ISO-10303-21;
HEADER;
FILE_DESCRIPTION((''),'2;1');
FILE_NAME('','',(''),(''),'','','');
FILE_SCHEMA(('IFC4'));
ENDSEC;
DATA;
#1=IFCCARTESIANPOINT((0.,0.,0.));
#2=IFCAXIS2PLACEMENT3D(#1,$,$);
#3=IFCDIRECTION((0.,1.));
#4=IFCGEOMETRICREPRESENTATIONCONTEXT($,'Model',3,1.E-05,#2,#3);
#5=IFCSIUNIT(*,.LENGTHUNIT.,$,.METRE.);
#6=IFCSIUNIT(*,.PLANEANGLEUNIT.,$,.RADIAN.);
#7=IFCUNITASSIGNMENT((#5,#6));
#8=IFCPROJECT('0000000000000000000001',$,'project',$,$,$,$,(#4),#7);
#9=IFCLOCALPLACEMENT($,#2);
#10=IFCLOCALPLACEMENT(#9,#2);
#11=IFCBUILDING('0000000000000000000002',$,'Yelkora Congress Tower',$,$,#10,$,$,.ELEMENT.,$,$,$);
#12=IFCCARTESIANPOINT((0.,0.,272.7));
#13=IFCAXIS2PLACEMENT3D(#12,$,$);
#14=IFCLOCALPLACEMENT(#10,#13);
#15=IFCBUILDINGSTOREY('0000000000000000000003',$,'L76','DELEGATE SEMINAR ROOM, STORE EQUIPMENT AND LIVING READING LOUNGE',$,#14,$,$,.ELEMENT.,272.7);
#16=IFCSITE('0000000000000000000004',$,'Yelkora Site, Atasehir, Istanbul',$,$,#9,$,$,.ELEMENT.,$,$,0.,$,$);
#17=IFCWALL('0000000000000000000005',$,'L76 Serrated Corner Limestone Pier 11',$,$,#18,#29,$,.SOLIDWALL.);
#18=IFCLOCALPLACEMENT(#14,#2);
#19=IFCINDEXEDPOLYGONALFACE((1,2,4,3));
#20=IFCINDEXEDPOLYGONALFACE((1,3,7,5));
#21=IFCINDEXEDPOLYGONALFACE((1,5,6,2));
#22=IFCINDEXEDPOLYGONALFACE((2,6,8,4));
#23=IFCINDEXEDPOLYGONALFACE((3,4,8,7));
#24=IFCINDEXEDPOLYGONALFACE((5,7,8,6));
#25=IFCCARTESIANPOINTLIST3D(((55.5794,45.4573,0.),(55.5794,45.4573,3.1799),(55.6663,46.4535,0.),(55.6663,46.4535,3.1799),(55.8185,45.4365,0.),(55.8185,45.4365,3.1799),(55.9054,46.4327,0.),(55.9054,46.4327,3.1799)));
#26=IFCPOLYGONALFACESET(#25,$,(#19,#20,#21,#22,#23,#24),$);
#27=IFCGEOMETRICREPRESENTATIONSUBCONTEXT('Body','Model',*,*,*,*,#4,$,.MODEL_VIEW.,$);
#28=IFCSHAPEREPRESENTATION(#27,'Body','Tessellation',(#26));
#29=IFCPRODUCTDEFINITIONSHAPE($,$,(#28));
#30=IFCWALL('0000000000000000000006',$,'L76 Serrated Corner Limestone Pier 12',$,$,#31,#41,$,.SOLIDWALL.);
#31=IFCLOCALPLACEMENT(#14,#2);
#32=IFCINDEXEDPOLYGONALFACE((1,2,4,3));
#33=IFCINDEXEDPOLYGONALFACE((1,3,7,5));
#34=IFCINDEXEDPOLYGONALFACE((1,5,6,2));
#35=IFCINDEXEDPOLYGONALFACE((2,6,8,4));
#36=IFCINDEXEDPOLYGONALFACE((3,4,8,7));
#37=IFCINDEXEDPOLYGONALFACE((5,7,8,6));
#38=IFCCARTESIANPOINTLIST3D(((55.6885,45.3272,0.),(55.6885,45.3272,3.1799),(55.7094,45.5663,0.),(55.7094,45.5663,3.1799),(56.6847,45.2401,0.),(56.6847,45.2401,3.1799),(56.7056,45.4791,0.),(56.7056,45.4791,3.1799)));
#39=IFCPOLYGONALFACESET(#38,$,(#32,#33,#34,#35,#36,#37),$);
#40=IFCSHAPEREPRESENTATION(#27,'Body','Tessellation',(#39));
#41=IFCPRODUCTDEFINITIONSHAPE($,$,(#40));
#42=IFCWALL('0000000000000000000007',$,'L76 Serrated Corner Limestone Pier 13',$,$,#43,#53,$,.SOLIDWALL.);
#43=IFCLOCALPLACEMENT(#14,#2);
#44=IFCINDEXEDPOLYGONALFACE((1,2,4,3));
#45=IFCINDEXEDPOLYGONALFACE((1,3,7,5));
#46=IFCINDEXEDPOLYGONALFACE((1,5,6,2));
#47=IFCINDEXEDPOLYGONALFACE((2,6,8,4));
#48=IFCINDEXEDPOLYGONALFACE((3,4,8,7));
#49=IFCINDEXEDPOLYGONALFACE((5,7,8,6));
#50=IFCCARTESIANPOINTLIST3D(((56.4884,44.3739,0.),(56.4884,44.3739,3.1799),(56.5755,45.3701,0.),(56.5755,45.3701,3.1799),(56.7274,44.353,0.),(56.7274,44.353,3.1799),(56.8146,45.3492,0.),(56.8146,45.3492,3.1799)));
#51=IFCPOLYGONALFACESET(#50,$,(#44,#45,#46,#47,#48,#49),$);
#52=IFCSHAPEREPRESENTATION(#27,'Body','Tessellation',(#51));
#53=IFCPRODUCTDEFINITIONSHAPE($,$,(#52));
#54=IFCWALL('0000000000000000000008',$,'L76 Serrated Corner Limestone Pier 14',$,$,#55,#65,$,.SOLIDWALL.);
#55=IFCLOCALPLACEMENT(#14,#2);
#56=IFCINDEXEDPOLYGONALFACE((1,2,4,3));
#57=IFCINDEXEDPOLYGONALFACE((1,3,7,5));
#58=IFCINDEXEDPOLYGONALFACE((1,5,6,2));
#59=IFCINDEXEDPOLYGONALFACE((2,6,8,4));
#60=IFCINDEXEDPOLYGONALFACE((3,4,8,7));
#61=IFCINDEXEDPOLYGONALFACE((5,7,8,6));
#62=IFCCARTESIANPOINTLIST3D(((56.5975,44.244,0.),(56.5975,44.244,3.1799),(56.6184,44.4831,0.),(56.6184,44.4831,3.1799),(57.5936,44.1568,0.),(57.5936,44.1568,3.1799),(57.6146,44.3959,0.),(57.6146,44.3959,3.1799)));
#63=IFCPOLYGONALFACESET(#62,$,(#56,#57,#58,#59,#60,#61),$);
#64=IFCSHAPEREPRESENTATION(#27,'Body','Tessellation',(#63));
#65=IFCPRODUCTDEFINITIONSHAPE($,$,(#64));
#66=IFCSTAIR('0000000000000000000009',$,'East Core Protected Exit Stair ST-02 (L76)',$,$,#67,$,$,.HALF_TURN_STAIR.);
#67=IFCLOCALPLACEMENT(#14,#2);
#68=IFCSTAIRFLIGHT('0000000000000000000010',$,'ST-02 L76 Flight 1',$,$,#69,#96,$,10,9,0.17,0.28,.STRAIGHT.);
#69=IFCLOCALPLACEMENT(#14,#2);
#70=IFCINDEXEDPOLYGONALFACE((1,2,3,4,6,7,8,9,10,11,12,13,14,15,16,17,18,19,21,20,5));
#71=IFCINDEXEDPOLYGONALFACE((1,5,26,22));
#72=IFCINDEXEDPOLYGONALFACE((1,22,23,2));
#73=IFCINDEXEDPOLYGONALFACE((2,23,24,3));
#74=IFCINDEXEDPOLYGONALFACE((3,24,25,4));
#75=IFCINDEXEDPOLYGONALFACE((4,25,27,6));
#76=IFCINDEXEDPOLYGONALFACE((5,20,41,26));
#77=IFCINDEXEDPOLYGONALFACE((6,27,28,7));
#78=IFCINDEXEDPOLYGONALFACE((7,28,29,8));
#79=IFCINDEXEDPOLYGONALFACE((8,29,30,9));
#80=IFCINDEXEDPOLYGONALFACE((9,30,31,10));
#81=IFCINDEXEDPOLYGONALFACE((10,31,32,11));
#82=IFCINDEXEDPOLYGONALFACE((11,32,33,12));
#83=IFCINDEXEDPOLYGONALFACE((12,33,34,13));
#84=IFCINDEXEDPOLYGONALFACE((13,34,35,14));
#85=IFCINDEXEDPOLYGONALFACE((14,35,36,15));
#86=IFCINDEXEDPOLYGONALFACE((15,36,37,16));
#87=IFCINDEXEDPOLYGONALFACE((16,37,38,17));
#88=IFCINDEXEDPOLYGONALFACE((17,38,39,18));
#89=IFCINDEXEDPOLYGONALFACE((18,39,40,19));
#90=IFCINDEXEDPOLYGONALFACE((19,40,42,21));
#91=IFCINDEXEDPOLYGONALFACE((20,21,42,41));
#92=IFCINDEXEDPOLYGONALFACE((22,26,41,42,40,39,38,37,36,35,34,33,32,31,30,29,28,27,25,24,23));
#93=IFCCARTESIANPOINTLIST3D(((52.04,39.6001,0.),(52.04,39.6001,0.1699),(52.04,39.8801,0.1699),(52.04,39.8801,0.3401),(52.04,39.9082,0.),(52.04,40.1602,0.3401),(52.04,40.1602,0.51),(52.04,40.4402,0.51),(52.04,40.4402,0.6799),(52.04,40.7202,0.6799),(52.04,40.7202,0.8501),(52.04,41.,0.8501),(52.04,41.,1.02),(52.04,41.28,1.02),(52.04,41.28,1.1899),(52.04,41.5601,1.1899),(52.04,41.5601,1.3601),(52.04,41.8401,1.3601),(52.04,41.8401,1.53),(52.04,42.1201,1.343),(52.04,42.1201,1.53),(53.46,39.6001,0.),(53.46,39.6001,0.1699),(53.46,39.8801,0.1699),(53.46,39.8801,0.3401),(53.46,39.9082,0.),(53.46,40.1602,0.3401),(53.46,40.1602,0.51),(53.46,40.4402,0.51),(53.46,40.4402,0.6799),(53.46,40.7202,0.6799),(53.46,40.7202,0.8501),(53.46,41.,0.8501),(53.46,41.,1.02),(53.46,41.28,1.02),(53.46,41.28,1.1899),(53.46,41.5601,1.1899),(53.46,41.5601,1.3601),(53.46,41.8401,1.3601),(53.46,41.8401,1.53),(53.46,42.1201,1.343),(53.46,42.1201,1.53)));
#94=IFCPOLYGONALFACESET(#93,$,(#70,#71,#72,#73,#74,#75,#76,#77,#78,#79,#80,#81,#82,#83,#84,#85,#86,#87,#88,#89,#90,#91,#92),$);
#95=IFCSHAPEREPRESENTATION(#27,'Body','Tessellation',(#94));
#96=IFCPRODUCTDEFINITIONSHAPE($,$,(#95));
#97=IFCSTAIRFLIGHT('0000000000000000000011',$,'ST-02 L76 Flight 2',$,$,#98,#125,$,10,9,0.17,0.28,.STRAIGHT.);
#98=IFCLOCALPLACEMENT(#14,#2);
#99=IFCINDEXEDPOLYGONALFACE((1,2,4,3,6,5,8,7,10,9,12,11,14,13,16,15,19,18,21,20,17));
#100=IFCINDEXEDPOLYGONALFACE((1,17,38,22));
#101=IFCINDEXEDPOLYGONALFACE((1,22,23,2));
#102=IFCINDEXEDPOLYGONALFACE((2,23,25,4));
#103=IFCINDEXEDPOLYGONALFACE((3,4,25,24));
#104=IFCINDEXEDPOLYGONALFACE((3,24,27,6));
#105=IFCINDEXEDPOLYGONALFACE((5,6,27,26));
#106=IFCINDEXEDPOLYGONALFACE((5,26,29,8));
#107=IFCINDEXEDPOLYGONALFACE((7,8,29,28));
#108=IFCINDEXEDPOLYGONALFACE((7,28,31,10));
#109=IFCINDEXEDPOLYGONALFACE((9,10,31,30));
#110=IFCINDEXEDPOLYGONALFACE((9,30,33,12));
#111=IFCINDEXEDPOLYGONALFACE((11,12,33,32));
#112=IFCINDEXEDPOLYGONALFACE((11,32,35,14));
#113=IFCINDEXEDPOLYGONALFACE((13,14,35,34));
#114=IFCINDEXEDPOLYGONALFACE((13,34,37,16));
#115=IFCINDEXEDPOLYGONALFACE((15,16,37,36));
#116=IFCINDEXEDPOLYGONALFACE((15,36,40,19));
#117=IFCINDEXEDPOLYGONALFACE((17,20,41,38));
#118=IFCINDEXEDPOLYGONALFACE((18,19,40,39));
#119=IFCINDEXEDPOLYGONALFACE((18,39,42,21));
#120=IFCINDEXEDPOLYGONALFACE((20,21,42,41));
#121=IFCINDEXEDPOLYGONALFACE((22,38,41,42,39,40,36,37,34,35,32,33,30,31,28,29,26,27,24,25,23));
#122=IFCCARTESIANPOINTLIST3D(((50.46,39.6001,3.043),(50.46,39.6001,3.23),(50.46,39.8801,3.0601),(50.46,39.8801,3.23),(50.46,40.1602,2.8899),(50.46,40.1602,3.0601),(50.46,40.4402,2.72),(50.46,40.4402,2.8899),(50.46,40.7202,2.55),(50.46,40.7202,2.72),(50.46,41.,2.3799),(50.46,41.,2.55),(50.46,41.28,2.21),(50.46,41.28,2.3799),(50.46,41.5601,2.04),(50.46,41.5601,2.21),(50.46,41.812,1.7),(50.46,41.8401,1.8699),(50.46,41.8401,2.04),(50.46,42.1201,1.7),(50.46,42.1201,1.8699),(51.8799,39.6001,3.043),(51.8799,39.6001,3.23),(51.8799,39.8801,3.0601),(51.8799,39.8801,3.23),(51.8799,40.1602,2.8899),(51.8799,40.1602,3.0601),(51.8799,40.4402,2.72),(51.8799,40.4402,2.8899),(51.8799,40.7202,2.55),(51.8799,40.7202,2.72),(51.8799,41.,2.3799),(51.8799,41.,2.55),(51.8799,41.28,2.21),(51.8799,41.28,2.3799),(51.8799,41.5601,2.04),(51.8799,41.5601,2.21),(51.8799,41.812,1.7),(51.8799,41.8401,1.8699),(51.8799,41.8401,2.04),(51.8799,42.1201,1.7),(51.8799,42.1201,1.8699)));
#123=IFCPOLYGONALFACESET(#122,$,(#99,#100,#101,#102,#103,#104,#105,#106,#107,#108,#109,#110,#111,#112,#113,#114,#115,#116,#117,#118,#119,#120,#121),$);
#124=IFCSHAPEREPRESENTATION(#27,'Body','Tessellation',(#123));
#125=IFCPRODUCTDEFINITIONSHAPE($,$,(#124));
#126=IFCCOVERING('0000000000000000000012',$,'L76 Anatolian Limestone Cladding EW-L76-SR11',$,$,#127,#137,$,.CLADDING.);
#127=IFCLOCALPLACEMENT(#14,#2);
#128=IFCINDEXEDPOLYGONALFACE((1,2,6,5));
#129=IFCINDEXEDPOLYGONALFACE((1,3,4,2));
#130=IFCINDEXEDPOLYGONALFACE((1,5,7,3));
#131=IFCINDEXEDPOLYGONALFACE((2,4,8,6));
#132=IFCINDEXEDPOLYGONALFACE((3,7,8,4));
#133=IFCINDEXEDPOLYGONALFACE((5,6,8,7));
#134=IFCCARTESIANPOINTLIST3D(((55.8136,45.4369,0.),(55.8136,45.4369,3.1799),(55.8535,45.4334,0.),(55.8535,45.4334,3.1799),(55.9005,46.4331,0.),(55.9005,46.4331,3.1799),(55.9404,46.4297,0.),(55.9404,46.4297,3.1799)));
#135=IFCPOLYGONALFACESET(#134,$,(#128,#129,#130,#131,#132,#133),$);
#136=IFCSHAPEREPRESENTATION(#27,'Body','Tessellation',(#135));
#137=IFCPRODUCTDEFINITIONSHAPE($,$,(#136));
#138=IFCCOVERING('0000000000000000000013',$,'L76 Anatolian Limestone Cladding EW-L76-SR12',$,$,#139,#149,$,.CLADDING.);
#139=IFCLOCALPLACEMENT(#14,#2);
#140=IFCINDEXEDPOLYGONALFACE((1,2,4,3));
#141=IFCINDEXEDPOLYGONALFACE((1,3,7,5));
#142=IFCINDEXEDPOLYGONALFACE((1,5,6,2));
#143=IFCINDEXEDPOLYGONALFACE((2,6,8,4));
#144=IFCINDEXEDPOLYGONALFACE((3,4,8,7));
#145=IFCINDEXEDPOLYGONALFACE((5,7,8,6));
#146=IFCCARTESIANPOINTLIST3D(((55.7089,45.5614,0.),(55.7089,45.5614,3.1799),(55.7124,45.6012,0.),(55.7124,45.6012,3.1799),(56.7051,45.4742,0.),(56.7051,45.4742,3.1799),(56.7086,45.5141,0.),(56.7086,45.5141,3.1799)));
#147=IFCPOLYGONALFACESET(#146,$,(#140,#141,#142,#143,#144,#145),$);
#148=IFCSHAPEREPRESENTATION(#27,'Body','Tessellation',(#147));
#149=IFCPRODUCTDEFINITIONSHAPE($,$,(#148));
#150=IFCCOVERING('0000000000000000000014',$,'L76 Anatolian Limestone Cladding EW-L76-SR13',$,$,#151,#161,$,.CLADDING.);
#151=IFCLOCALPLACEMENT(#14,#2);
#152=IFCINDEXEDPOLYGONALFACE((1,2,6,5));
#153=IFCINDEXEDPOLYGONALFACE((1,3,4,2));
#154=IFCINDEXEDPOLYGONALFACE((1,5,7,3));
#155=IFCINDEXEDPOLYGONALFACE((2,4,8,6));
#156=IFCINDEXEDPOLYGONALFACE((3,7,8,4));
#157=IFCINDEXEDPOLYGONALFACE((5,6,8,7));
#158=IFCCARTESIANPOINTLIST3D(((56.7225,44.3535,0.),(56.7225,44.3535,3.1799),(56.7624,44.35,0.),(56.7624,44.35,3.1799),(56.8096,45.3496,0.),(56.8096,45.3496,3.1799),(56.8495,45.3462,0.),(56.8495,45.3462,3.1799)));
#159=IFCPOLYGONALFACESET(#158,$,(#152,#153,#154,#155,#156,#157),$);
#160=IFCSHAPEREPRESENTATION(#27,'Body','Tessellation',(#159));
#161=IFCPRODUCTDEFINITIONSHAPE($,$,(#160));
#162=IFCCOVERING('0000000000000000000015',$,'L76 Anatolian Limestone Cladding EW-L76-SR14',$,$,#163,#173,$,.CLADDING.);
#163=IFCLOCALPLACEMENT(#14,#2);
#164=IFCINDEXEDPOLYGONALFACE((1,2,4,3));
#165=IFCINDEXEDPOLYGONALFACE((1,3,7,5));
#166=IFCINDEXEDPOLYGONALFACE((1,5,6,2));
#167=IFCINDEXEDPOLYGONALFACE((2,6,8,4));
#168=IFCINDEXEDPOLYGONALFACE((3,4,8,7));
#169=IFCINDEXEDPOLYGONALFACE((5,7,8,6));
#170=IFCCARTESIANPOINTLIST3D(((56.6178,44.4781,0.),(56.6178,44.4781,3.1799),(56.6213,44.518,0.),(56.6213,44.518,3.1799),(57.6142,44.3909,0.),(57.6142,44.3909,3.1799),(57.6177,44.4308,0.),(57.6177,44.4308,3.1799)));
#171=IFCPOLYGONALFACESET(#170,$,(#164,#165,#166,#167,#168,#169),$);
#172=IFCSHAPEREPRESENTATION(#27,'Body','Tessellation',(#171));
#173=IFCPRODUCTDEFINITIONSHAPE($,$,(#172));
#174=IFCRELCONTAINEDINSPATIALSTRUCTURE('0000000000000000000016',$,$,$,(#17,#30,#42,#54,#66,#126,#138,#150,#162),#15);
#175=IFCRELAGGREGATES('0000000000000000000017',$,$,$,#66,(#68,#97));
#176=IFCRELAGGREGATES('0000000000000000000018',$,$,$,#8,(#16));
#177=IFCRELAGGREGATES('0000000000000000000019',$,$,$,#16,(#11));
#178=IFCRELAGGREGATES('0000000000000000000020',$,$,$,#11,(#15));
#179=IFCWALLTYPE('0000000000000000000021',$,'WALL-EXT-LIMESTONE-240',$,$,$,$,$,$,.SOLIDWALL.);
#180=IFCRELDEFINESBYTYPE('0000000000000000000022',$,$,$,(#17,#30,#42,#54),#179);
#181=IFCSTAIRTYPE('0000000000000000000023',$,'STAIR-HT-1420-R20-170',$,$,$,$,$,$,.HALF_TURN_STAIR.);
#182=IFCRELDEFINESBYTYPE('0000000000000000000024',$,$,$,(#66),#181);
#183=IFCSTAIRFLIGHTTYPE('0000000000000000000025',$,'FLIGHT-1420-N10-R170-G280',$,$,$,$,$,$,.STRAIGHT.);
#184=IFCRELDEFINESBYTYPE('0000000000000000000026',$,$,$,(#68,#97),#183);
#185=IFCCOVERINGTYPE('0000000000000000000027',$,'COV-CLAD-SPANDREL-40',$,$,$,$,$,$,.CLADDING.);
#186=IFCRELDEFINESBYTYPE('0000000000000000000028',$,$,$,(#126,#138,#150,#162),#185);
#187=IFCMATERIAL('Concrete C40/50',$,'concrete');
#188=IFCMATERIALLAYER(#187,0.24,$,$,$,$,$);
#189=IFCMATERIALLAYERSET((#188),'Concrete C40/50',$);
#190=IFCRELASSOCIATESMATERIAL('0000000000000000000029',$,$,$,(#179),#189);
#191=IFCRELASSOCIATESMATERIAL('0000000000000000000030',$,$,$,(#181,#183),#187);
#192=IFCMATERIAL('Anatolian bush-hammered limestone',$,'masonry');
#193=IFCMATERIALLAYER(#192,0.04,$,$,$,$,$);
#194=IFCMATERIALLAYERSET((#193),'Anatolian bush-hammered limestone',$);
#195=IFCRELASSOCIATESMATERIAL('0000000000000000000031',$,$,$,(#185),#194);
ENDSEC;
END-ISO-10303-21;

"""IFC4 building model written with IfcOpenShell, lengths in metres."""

from ifc_helpers import new_model, si_unit, direction, frame, frame_2d, origin, place, context, subcontext, project, spatial, polyline, rectangle, outline, extrude, material, layer, layer_set, type_object, element, aggregate, save


model = new_model("IFC4")

# Units and contexts
model_context = context("Model", 3, precision=1e-05, world=origin(), true_north=direction((0.0, 1.0)))
body_context = subcontext(model_context, "Body", "Model", "MODEL_VIEW")
ifc_project = project(units=[si_unit("LENGTHUNIT", "METRE"), si_unit("PLANEANGLEUNIT", "RADIAN")], contexts=[model_context])

# Site, building, storey
site_placement = place(None, origin())
site = spatial("IfcSite", under=ifc_project, at=site_placement, Name="Yelkora Site, Atasehir, Istanbul", CompositionType="ELEMENT", RefElevation=0.0)
building_placement = place(site_placement, origin())
building = spatial("IfcBuilding", under=site, at=building_placement, Name="Yelkora Congress Tower", CompositionType="ELEMENT")
storey_placement = place(building_placement, frame((0.0, 0.0, 272.7)))
storey = spatial("IfcBuildingStorey", under=building, at=storey_placement, Name="L76", Description="DELEGATE SEMINAR ROOM, STORE EQUIPMENT AND LIVING READING LOUNGE", CompositionType="ELEMENT", Elevation=272.7)

# Walls
ifc_material_1 = material(Name="Concrete C40/50", Category="concrete")
ifc_layer_1 = layer(ifc_material_1, 0.24)
ifc_layer_set_1 = layer_set([ifc_layer_1], Name="Concrete C40/50")
wall_type_1 = type_object("IfcWallType", Name="WALL-EXT-LIMESTONE-240", PredefinedType="SOLIDWALL", material=ifc_layer_set_1)
for number, where, z_axis, x_axis, name in (
    (1, (55.7859, 46.4431, 0.0), (0.0, 0.0, 1.0), (-0.086903, -0.996217, 0.0), "L76 Serrated Corner Limestone Pier 11"),
    (2, (55.699, 45.4468, 0.0), (0.0, 0.0, 1.0), (0.996194, -0.087167, 0.0), "L76 Serrated Corner Limestone Pier 12"),
    (3, (56.6951, 45.3596, 0.0), (0.0, 0.0, 1.0), (-0.087167, -0.996194, 0.0), "L76 Serrated Corner Limestone Pier 13"),
    (4, (56.6079, 44.3635, 0.0), (0.0, 0.0, 1.0), (0.996194, -0.087167, 0.0), "L76 Serrated Corner Limestone Pier 14"),
):
    element("IfcWall", number, at=place(storey_placement, frame(where, z_axis=z_axis, x_axis=x_axis)), inside=storey, type_object=wall_type_1, Name=name, PredefinedType="SOLIDWALL", context=body_context, shape_type="SweptSolid", body=[
        extrude(rectangle(XDim=1.0, YDim=0.24, at=frame_2d((0.5, 0.0))), origin(), (0.0, 0.0, 1.0), 3.1799),
    ])

# Stair, stair flights
stair_type = type_object("IfcStairType", Name="STAIR-HT-1420-R20-170", PredefinedType="HALF_TURN_STAIR", material=ifc_material_1)
stair_placement = place(storey_placement, origin())
stair = element("IfcStair", 5, at=stair_placement, inside=storey, type_object=stair_type, Name="East Core Protected Exit Stair ST-02 (L76)", PredefinedType="HALF_TURN_STAIR")
stair_flight_type = type_object("IfcStairFlightType", Name="FLIGHT-1420-N10-R170-G280", PredefinedType="STRAIGHT", material=ifc_material_1)
stair_flight_1_placement = place(storey_placement, frame((52.75, 39.6001, 0.0), z_axis=(0.0, 0.0, 1.0), x_axis=(0.0, 1.0, 0.0)))
stair_flight_1 = element("IfcStairFlight", 6, at=stair_flight_1_placement, type_object=stair_flight_type, Name="ST-02 L76 Flight 1", NumberOfRisers=10, NumberOfTreads=9, PredefinedType="STRAIGHT", RiserHeight=0.17, TreadLength=0.28, context=body_context, shape_type="SweptSolid", body=[
    extrude(outline(polyline([(0.0, 0.0), (0.0, 0.1699), (0.28, 0.1699), (0.28, 0.3401), (0.5601, 0.3401), (0.5601, 0.51), (0.8401, 0.51), (0.8401, 0.6799), (1.1201, 0.6799), (1.1201, 0.8501), (1.3999, 0.8501), (1.3999, 1.02), (1.6799, 1.02), (1.6799, 1.1899), (1.96, 1.1899), (1.96, 1.3601), (2.24, 1.3601), (2.24, 1.53), (2.52, 1.53), (2.52, 1.7), (2.52, 1.343), (0.3081, 0.0), (0.0, 0.0)])), frame((0.0, 0.71, 0.0), z_axis=(0.0, -1.0, 0.0), x_axis=(1.0, 0.0, 0.0)), (0.0, 0.0, 1.0), 1.4199),
])
stair_flight_2_placement = place(storey_placement, frame((51.1699, 42.1201, 1.7), z_axis=(0.0, 0.0, 1.0), x_axis=(0.0, -1.0, 0.0)))
stair_flight_2 = element("IfcStairFlight", 7, at=stair_flight_2_placement, type_object=stair_flight_type, Name="ST-02 L76 Flight 2", NumberOfRisers=10, NumberOfTreads=9, PredefinedType="STRAIGHT", RiserHeight=0.17, TreadLength=0.28, context=body_context, shape_type="SweptSolid", body=[
    extrude(outline(polyline([(0.0, 0.0), (0.0, 0.1699), (0.28, 0.1699), (0.28, 0.3401), (0.5601, 0.3401), (0.5601, 0.51), (0.8401, 0.51), (0.8401, 0.6799), (1.1201, 0.6799), (1.1201, 0.8501), (1.3999, 0.8501), (1.3999, 1.02), (1.6799, 1.02), (1.6799, 1.1899), (1.96, 1.1899), (1.96, 1.3601), (2.24, 1.3601), (2.24, 1.53), (2.52, 1.53), (2.52, 1.7), (2.52, 1.343), (0.3081, 0.0), (0.0, 0.0)])), frame((0.0, 0.71, 0.0), z_axis=(0.0, -1.0, 0.0), x_axis=(1.0, 0.0, 0.0)), (0.0, 0.0, 1.0), 1.4199),
])
aggregate(stair, [stair_flight_1, stair_flight_2])

# Coverings
ifc_material_2 = material(Name="Anatolian bush-hammered limestone", Category="masonry")
ifc_layer_2 = layer(ifc_material_2, 0.04)
ifc_layer_set_2 = layer_set([ifc_layer_2], Name="Anatolian bush-hammered limestone")
covering_type = type_object("IfcCoveringType", Name="COV-CLAD-SPANDREL-40", PredefinedType="CLADDING", material=ifc_layer_set_2)
for number, where, z_axis, x_axis, name in (
    (8, (55.9204, 46.4314, 0.0), (0.0, 0.0, 1.0), (-0.086903, -0.996217, 0.0), "L76 Anatolian Limestone Cladding EW-L76-SR11"),
    (9, (55.7107, 45.5813, 0.0), (0.0, 0.0, 1.0), (0.996194, -0.087167, 0.0), "L76 Anatolian Limestone Cladding EW-L76-SR12"),
    (10, (56.8296, 45.3479, 0.0), (0.0, 0.0, 1.0), (-0.087167, -0.996194, 0.0), "L76 Anatolian Limestone Cladding EW-L76-SR13"),
):
    element("IfcCovering", number, at=place(storey_placement, frame(where, z_axis=z_axis, x_axis=x_axis)), inside=storey, type_object=covering_type, Name=name, PredefinedType="CLADDING", context=body_context, shape_type="SweptSolid", body=[
        extrude(rectangle(XDim=1.0, YDim=0.04, at=frame_2d((0.5, 0.0))), origin(), (0.0, 0.0, 1.0), 3.1799),
    ])
covering_placement = place(storey_placement, frame((56.6196, 44.498, 0.0), z_axis=(0.0, 0.0, 1.0), x_axis=(0.996196, -0.087146, 0.0)))
element("IfcCovering", 11, at=covering_placement, inside=storey, type_object=covering_type, Name="L76 Anatolian Limestone Cladding EW-L76-SR14", PredefinedType="CLADDING", context=body_context, shape_type="SweptSolid", body=[
    extrude(rectangle(XDim=1.0002, YDim=0.04, at=frame_2d((0.5, 0.0))), origin(), (0.0, 0.0, 1.0), 3.1799),
])

save(model, "model.ifc")
